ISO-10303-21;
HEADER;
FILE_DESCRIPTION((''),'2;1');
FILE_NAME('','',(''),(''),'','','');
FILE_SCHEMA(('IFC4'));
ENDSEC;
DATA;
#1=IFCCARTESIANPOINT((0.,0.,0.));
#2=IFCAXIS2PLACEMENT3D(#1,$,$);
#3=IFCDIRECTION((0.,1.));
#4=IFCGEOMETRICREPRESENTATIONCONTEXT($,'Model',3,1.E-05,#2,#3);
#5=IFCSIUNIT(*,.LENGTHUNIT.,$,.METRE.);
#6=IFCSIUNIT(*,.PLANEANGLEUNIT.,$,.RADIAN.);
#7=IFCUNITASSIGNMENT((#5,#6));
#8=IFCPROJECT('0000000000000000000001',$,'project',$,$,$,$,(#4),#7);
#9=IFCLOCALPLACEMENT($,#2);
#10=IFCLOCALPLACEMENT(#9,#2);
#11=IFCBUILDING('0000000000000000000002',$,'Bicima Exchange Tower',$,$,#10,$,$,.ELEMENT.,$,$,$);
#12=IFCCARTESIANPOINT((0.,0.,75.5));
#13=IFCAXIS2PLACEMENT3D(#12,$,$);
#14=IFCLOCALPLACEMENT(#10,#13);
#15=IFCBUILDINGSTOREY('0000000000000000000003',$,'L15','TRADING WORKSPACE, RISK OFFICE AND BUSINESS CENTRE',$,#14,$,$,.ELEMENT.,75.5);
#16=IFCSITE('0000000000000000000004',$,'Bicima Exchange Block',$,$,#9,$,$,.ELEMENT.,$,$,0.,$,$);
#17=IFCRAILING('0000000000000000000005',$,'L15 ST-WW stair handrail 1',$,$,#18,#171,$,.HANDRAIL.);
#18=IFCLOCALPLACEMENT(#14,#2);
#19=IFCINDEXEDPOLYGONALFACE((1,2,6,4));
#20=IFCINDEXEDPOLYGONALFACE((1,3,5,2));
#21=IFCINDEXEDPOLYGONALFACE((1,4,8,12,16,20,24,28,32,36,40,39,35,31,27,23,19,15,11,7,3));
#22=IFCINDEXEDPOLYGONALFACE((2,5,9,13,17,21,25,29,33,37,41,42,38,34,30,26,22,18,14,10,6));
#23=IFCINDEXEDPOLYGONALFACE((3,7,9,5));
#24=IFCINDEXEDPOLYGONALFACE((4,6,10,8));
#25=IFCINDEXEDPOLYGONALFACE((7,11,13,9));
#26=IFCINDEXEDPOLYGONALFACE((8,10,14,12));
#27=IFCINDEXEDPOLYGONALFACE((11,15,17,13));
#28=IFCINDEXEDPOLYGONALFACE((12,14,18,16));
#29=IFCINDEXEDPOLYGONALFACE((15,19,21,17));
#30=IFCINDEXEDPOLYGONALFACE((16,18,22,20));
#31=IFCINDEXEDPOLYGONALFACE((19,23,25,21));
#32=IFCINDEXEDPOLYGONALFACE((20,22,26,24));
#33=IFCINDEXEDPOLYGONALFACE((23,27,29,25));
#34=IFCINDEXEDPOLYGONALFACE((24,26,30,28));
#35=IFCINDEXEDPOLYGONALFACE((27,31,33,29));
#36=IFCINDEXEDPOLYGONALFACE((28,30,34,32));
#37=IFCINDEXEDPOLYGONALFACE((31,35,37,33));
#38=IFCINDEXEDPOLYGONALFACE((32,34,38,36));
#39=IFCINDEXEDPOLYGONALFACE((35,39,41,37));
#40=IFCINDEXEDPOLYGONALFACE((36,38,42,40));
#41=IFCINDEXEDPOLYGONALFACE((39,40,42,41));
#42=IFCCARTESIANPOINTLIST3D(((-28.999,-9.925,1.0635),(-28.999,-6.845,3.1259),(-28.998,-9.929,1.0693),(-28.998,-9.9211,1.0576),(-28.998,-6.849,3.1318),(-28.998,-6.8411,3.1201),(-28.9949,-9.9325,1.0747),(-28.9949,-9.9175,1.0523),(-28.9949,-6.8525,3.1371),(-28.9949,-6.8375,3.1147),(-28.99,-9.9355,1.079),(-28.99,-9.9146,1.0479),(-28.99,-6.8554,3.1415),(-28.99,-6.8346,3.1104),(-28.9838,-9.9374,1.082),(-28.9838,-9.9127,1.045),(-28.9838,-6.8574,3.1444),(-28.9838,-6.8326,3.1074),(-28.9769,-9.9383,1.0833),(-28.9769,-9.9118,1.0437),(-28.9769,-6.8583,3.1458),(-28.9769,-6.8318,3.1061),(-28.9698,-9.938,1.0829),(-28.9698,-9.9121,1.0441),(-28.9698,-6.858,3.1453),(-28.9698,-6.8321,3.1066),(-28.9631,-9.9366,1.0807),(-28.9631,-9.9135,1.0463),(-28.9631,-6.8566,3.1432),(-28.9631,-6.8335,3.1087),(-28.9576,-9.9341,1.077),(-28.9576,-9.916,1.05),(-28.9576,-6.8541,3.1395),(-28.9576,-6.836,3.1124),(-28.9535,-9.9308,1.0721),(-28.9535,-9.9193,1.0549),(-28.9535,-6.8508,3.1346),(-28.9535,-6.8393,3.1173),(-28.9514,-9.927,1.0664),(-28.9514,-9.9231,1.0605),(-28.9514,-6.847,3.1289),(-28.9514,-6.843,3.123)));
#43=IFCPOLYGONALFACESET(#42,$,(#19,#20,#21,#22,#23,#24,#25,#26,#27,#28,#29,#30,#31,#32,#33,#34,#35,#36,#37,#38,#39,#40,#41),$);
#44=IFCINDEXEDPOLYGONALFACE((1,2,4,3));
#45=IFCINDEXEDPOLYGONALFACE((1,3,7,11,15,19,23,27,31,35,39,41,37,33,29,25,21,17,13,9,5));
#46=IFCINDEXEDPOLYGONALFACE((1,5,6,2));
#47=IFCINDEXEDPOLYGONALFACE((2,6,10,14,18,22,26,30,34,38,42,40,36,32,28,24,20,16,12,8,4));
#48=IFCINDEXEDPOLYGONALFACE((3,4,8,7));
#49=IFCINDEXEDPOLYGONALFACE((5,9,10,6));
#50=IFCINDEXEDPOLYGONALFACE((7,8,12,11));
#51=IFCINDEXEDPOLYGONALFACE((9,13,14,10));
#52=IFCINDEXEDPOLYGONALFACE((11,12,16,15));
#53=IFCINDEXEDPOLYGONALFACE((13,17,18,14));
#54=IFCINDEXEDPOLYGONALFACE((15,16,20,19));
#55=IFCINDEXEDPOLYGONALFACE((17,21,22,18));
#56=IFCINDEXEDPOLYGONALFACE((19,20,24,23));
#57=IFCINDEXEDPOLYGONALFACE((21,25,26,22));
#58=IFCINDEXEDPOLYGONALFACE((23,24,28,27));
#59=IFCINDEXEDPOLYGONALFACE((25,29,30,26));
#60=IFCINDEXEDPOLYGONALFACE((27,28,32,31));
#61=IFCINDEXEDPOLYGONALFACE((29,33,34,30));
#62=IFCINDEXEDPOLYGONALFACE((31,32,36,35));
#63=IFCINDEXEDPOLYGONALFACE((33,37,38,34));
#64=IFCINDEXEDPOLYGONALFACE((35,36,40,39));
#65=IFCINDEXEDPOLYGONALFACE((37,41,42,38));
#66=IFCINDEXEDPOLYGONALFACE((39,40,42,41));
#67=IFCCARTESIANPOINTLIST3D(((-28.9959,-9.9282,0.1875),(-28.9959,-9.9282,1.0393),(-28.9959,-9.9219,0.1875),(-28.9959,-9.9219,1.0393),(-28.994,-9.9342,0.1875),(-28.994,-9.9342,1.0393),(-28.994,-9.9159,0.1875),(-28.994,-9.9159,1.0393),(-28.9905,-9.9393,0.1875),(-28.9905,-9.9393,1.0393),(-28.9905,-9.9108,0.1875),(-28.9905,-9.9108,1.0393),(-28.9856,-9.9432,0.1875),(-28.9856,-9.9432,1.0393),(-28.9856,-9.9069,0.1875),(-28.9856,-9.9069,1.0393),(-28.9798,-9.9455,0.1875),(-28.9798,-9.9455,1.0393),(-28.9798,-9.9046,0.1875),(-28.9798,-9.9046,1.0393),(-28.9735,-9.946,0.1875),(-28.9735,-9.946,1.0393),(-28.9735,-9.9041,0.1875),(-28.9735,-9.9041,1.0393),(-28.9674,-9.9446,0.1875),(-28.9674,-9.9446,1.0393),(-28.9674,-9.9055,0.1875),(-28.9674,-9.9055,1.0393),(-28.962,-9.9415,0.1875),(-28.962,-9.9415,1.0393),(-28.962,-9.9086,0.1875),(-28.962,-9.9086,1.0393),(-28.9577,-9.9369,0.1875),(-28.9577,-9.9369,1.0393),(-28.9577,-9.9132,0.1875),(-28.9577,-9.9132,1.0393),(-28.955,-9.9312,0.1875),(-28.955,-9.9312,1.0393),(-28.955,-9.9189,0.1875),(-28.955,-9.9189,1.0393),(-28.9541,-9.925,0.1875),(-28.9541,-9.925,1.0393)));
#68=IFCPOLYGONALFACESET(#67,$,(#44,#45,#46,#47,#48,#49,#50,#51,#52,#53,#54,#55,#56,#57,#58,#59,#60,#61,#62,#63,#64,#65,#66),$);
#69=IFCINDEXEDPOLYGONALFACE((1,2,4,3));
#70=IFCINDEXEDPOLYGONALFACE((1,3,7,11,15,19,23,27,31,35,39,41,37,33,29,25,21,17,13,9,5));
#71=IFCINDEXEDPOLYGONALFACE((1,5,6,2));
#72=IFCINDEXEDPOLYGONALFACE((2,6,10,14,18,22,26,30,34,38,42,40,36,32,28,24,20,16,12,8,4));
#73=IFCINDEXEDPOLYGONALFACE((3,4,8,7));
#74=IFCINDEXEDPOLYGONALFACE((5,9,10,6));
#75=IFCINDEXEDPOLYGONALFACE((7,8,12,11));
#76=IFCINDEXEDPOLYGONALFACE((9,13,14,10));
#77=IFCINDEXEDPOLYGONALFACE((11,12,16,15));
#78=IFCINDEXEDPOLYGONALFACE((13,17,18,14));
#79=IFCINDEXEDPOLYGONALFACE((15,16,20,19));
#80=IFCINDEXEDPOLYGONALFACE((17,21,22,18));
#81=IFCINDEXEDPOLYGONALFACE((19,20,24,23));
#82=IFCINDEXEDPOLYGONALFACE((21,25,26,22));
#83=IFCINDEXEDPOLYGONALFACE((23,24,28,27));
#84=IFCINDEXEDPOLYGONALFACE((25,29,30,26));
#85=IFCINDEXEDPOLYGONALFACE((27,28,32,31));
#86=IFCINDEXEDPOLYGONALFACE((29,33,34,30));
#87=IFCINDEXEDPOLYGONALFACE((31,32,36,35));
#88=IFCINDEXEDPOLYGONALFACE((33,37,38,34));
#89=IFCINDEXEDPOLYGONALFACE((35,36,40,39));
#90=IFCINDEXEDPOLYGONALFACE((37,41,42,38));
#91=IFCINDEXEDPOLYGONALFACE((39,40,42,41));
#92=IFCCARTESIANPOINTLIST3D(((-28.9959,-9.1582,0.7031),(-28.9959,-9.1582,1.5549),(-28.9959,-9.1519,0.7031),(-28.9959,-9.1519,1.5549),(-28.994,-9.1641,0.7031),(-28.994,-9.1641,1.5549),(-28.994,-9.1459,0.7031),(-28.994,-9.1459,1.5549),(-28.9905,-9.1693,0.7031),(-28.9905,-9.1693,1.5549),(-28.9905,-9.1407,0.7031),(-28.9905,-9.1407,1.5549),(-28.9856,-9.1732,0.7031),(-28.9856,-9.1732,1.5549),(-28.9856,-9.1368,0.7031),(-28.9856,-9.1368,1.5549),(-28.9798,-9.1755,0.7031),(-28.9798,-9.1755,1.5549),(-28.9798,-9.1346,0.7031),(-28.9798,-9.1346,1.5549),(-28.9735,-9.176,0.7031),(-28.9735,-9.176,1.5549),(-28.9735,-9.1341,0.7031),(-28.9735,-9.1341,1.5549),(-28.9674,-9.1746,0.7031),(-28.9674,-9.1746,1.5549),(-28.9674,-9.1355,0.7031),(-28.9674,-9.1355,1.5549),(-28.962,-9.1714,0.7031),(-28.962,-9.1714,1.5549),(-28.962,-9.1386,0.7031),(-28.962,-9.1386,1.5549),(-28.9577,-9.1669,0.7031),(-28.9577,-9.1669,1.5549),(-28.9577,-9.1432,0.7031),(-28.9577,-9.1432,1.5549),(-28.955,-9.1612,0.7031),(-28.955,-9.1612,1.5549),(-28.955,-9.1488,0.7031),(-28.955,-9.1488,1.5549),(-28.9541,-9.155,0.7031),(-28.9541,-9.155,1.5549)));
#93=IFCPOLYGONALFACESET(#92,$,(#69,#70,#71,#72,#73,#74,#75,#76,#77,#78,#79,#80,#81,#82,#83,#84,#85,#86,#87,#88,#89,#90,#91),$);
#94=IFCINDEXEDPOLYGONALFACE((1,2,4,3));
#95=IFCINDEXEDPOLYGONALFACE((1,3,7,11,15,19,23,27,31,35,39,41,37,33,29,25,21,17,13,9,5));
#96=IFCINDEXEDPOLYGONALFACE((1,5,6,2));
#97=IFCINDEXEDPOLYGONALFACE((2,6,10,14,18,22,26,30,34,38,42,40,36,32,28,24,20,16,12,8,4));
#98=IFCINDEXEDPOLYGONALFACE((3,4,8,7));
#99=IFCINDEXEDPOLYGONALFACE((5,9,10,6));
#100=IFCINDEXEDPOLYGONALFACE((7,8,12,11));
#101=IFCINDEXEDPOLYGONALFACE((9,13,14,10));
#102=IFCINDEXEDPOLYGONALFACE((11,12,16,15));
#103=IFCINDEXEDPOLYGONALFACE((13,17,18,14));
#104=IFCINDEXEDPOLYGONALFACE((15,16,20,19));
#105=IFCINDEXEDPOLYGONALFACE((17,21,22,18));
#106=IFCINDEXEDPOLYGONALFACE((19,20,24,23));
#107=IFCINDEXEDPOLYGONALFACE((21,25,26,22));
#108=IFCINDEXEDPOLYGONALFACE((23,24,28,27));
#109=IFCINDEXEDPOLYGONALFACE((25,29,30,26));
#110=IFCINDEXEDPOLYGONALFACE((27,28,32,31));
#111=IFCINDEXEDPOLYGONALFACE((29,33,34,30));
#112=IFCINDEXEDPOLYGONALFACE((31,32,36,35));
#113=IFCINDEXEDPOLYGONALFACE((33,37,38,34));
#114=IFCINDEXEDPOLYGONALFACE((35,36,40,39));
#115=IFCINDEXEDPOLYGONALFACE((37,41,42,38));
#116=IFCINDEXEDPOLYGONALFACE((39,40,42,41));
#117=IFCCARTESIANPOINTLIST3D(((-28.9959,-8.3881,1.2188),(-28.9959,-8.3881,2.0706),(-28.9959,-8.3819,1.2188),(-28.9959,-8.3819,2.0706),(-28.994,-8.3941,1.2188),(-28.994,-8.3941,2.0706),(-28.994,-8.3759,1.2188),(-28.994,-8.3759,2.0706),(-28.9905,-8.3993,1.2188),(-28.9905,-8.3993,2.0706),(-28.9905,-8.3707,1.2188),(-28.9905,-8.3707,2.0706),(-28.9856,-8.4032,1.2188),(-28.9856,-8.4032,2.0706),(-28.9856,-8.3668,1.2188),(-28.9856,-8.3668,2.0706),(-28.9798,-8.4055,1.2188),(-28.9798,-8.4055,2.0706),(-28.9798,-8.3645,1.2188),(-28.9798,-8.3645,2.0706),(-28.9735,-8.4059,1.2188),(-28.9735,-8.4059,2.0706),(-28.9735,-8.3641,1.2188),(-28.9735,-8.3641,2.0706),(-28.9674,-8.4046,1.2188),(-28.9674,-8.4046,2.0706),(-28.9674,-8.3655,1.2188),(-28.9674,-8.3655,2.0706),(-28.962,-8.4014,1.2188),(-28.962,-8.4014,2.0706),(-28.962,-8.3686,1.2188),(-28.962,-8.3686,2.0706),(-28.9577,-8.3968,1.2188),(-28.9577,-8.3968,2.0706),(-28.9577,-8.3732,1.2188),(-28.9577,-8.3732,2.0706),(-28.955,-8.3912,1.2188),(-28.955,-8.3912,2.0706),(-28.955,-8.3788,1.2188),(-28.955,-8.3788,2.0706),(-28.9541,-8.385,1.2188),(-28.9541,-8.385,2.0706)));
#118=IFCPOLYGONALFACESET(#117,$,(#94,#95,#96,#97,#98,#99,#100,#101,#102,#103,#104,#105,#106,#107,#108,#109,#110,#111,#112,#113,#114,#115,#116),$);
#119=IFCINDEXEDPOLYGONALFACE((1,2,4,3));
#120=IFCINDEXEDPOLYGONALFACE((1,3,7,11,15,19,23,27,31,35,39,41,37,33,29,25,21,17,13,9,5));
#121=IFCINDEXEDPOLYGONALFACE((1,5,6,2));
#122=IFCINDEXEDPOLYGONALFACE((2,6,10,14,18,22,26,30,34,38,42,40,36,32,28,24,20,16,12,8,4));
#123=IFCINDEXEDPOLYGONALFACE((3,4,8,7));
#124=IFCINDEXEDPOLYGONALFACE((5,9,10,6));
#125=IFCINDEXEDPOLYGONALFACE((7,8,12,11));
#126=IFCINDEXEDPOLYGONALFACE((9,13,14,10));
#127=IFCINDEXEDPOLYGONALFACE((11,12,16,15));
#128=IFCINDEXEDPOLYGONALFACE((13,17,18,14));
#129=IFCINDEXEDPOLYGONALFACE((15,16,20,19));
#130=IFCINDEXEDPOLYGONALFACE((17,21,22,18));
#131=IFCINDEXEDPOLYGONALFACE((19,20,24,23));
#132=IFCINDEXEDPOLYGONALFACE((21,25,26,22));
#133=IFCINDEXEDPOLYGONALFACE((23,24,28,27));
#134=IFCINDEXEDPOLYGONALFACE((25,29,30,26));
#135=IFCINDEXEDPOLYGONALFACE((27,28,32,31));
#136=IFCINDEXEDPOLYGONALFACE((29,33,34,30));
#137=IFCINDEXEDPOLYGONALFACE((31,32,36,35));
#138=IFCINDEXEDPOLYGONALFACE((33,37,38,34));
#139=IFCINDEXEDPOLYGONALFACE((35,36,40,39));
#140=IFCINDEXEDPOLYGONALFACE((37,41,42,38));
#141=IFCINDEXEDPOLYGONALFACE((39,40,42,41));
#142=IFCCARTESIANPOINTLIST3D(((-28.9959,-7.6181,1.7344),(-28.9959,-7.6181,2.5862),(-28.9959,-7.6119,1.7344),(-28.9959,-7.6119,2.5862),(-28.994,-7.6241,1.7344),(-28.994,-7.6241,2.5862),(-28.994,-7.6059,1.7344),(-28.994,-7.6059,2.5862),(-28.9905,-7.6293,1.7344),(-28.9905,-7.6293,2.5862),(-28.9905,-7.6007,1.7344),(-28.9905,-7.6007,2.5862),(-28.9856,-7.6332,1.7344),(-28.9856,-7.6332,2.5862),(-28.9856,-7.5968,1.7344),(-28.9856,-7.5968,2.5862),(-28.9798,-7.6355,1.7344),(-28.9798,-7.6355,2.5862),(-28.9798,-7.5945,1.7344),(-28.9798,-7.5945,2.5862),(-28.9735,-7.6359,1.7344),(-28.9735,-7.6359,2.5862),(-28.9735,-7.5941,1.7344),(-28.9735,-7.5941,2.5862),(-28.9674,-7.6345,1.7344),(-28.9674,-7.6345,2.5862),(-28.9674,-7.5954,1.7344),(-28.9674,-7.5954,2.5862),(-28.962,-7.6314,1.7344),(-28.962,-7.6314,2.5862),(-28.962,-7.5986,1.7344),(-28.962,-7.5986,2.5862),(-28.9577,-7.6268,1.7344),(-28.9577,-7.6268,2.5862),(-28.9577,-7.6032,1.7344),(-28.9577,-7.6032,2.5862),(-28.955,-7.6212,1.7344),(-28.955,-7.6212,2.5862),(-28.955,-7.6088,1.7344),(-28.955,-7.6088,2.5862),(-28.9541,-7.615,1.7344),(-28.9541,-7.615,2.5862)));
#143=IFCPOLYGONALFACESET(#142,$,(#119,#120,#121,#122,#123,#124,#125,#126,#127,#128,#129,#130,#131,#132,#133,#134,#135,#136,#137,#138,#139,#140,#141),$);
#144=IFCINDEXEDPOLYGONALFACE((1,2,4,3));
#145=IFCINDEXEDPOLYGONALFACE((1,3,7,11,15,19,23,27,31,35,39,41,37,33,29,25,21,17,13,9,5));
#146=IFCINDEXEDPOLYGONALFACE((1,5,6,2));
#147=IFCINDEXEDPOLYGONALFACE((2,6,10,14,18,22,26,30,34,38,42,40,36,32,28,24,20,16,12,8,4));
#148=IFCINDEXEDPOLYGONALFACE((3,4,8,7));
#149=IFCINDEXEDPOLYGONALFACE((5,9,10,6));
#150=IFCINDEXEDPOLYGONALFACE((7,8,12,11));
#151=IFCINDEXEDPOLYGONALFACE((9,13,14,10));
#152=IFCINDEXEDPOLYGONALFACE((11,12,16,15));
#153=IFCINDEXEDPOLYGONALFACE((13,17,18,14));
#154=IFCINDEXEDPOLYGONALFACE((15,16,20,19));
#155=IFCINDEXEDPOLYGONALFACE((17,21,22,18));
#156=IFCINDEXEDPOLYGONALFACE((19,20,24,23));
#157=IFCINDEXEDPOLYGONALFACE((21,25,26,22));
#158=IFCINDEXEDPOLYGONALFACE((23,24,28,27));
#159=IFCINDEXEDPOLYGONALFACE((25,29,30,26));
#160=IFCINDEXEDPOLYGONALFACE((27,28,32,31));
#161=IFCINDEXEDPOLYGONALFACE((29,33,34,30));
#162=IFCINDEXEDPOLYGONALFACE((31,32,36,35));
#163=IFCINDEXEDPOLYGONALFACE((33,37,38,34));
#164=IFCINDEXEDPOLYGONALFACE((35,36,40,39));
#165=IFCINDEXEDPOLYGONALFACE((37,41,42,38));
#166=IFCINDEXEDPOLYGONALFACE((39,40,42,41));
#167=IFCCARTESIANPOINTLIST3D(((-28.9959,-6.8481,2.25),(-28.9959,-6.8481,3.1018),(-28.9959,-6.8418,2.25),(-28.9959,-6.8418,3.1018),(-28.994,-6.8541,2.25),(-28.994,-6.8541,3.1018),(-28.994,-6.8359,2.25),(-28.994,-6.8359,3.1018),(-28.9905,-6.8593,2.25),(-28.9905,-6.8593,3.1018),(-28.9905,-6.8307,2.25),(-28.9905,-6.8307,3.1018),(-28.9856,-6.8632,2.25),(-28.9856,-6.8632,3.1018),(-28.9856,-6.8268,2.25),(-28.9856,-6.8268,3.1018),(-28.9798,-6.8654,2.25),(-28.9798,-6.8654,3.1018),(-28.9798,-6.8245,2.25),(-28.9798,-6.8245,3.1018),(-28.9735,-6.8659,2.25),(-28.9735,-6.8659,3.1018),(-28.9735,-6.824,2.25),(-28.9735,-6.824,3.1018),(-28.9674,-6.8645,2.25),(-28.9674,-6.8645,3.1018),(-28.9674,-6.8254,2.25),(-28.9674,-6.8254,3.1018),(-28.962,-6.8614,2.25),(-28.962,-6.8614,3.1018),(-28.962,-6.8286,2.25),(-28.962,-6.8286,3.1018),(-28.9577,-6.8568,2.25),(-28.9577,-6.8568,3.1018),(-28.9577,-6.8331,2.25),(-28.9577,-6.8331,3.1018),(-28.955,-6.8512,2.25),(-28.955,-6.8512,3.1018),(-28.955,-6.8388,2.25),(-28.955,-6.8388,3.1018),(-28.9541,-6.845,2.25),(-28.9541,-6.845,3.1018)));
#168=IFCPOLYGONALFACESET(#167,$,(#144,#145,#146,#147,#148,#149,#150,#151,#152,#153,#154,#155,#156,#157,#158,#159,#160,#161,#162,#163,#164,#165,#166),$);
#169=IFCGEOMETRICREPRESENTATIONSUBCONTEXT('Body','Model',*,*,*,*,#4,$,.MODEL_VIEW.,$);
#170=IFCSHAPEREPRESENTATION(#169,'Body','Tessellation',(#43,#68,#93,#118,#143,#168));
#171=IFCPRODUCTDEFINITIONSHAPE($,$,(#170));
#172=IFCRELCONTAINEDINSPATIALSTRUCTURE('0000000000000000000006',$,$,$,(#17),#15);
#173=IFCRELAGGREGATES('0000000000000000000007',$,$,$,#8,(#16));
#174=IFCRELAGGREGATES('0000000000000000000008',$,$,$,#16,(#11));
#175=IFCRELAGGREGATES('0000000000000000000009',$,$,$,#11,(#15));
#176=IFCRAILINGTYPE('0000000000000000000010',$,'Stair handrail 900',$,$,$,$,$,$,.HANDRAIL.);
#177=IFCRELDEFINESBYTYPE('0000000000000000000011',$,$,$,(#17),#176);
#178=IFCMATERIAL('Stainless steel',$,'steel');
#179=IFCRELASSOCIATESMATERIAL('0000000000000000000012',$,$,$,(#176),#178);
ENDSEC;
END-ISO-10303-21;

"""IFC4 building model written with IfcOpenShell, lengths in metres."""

from ifc_helpers import new_model, si_unit, direction, frame, origin, origin_2d, place, context, subcontext, project, spatial, circle, extrude, material, type_object, element, save


model = new_model("IFC4")

# Units and contexts
model_context = context("Model", 3, precision=1e-05, world=origin(), true_north=direction((0.0, 1.0)))
body_context = subcontext(model_context, "Body", "Model", "MODEL_VIEW")
ifc_project = project(units=[si_unit("LENGTHUNIT", "METRE"), si_unit("PLANEANGLEUNIT", "RADIAN")], contexts=[model_context])

# Site, building, storey
site_placement = place(None, origin())
site = spatial("IfcSite", under=ifc_project, at=site_placement, Name="Bicima Exchange Block", CompositionType="ELEMENT", RefElevation=0.0)
building_placement = place(site_placement, origin())
building = spatial("IfcBuilding", under=site, at=building_placement, Name="Bicima Exchange Tower", CompositionType="ELEMENT")
storey_placement = place(building_placement, frame((0.0, 0.0, 75.5)))
storey = spatial("IfcBuildingStorey", under=building, at=storey_placement, Name="L15", Description="TRADING WORKSPACE, RISK OFFICE AND BUSINESS CENTRE", CompositionType="ELEMENT", Elevation=75.5)

# Railing
ifc_material_1 = material(Name="Stainless steel", Category="steel")
railing_type_1 = type_object("IfcRailingType", Name="Stair handrail 900", PredefinedType="HANDRAIL", material=ifc_material_1)
railing_1_placement = place(storey_placement, frame((-28.9751, -9.925, 0.1875)))
element("IfcRailing", 1, at=railing_1_placement, inside=storey, type_object=railing_type_1, Name="L15 ST-WW stair handrail 1", PredefinedType="HANDRAIL", context=body_context, shape_type="SweptSolid", body=[
    extrude(circle(Radius=0.0239, at=origin_2d()), frame((0.0, 0.0, 0.876), z_axis=(0.0, 0.830914, 0.556401), x_axis=(-1.0, 0.0, 0.0)), (0.0, 0.0, 1.0), 3.7068),
    extrude(circle(Radius=0.021, at=origin_2d()), origin(), (0.0, 0.0, 1.0), 0.8518),
    extrude(circle(Radius=0.021, at=origin_2d()), frame((0.0, 0.77, 0.5156)), (0.0, 0.0, 1.0), 0.8518),
    extrude(circle(Radius=0.021, at=origin_2d()), frame((0.0, 1.54, 1.0312)), (0.0, 0.0, 1.0), 0.8518),
    extrude(circle(Radius=0.021, at=origin_2d()), frame((0.0, 2.3101, 1.5469)), (0.0, 0.0, 1.0), 0.8518),
    extrude(circle(Radius=0.021, at=origin_2d()), frame((0.0, 3.0801, 2.0625)), (0.0, 0.0, 1.0), 0.8518),
])

save(model, "model.ifc")
